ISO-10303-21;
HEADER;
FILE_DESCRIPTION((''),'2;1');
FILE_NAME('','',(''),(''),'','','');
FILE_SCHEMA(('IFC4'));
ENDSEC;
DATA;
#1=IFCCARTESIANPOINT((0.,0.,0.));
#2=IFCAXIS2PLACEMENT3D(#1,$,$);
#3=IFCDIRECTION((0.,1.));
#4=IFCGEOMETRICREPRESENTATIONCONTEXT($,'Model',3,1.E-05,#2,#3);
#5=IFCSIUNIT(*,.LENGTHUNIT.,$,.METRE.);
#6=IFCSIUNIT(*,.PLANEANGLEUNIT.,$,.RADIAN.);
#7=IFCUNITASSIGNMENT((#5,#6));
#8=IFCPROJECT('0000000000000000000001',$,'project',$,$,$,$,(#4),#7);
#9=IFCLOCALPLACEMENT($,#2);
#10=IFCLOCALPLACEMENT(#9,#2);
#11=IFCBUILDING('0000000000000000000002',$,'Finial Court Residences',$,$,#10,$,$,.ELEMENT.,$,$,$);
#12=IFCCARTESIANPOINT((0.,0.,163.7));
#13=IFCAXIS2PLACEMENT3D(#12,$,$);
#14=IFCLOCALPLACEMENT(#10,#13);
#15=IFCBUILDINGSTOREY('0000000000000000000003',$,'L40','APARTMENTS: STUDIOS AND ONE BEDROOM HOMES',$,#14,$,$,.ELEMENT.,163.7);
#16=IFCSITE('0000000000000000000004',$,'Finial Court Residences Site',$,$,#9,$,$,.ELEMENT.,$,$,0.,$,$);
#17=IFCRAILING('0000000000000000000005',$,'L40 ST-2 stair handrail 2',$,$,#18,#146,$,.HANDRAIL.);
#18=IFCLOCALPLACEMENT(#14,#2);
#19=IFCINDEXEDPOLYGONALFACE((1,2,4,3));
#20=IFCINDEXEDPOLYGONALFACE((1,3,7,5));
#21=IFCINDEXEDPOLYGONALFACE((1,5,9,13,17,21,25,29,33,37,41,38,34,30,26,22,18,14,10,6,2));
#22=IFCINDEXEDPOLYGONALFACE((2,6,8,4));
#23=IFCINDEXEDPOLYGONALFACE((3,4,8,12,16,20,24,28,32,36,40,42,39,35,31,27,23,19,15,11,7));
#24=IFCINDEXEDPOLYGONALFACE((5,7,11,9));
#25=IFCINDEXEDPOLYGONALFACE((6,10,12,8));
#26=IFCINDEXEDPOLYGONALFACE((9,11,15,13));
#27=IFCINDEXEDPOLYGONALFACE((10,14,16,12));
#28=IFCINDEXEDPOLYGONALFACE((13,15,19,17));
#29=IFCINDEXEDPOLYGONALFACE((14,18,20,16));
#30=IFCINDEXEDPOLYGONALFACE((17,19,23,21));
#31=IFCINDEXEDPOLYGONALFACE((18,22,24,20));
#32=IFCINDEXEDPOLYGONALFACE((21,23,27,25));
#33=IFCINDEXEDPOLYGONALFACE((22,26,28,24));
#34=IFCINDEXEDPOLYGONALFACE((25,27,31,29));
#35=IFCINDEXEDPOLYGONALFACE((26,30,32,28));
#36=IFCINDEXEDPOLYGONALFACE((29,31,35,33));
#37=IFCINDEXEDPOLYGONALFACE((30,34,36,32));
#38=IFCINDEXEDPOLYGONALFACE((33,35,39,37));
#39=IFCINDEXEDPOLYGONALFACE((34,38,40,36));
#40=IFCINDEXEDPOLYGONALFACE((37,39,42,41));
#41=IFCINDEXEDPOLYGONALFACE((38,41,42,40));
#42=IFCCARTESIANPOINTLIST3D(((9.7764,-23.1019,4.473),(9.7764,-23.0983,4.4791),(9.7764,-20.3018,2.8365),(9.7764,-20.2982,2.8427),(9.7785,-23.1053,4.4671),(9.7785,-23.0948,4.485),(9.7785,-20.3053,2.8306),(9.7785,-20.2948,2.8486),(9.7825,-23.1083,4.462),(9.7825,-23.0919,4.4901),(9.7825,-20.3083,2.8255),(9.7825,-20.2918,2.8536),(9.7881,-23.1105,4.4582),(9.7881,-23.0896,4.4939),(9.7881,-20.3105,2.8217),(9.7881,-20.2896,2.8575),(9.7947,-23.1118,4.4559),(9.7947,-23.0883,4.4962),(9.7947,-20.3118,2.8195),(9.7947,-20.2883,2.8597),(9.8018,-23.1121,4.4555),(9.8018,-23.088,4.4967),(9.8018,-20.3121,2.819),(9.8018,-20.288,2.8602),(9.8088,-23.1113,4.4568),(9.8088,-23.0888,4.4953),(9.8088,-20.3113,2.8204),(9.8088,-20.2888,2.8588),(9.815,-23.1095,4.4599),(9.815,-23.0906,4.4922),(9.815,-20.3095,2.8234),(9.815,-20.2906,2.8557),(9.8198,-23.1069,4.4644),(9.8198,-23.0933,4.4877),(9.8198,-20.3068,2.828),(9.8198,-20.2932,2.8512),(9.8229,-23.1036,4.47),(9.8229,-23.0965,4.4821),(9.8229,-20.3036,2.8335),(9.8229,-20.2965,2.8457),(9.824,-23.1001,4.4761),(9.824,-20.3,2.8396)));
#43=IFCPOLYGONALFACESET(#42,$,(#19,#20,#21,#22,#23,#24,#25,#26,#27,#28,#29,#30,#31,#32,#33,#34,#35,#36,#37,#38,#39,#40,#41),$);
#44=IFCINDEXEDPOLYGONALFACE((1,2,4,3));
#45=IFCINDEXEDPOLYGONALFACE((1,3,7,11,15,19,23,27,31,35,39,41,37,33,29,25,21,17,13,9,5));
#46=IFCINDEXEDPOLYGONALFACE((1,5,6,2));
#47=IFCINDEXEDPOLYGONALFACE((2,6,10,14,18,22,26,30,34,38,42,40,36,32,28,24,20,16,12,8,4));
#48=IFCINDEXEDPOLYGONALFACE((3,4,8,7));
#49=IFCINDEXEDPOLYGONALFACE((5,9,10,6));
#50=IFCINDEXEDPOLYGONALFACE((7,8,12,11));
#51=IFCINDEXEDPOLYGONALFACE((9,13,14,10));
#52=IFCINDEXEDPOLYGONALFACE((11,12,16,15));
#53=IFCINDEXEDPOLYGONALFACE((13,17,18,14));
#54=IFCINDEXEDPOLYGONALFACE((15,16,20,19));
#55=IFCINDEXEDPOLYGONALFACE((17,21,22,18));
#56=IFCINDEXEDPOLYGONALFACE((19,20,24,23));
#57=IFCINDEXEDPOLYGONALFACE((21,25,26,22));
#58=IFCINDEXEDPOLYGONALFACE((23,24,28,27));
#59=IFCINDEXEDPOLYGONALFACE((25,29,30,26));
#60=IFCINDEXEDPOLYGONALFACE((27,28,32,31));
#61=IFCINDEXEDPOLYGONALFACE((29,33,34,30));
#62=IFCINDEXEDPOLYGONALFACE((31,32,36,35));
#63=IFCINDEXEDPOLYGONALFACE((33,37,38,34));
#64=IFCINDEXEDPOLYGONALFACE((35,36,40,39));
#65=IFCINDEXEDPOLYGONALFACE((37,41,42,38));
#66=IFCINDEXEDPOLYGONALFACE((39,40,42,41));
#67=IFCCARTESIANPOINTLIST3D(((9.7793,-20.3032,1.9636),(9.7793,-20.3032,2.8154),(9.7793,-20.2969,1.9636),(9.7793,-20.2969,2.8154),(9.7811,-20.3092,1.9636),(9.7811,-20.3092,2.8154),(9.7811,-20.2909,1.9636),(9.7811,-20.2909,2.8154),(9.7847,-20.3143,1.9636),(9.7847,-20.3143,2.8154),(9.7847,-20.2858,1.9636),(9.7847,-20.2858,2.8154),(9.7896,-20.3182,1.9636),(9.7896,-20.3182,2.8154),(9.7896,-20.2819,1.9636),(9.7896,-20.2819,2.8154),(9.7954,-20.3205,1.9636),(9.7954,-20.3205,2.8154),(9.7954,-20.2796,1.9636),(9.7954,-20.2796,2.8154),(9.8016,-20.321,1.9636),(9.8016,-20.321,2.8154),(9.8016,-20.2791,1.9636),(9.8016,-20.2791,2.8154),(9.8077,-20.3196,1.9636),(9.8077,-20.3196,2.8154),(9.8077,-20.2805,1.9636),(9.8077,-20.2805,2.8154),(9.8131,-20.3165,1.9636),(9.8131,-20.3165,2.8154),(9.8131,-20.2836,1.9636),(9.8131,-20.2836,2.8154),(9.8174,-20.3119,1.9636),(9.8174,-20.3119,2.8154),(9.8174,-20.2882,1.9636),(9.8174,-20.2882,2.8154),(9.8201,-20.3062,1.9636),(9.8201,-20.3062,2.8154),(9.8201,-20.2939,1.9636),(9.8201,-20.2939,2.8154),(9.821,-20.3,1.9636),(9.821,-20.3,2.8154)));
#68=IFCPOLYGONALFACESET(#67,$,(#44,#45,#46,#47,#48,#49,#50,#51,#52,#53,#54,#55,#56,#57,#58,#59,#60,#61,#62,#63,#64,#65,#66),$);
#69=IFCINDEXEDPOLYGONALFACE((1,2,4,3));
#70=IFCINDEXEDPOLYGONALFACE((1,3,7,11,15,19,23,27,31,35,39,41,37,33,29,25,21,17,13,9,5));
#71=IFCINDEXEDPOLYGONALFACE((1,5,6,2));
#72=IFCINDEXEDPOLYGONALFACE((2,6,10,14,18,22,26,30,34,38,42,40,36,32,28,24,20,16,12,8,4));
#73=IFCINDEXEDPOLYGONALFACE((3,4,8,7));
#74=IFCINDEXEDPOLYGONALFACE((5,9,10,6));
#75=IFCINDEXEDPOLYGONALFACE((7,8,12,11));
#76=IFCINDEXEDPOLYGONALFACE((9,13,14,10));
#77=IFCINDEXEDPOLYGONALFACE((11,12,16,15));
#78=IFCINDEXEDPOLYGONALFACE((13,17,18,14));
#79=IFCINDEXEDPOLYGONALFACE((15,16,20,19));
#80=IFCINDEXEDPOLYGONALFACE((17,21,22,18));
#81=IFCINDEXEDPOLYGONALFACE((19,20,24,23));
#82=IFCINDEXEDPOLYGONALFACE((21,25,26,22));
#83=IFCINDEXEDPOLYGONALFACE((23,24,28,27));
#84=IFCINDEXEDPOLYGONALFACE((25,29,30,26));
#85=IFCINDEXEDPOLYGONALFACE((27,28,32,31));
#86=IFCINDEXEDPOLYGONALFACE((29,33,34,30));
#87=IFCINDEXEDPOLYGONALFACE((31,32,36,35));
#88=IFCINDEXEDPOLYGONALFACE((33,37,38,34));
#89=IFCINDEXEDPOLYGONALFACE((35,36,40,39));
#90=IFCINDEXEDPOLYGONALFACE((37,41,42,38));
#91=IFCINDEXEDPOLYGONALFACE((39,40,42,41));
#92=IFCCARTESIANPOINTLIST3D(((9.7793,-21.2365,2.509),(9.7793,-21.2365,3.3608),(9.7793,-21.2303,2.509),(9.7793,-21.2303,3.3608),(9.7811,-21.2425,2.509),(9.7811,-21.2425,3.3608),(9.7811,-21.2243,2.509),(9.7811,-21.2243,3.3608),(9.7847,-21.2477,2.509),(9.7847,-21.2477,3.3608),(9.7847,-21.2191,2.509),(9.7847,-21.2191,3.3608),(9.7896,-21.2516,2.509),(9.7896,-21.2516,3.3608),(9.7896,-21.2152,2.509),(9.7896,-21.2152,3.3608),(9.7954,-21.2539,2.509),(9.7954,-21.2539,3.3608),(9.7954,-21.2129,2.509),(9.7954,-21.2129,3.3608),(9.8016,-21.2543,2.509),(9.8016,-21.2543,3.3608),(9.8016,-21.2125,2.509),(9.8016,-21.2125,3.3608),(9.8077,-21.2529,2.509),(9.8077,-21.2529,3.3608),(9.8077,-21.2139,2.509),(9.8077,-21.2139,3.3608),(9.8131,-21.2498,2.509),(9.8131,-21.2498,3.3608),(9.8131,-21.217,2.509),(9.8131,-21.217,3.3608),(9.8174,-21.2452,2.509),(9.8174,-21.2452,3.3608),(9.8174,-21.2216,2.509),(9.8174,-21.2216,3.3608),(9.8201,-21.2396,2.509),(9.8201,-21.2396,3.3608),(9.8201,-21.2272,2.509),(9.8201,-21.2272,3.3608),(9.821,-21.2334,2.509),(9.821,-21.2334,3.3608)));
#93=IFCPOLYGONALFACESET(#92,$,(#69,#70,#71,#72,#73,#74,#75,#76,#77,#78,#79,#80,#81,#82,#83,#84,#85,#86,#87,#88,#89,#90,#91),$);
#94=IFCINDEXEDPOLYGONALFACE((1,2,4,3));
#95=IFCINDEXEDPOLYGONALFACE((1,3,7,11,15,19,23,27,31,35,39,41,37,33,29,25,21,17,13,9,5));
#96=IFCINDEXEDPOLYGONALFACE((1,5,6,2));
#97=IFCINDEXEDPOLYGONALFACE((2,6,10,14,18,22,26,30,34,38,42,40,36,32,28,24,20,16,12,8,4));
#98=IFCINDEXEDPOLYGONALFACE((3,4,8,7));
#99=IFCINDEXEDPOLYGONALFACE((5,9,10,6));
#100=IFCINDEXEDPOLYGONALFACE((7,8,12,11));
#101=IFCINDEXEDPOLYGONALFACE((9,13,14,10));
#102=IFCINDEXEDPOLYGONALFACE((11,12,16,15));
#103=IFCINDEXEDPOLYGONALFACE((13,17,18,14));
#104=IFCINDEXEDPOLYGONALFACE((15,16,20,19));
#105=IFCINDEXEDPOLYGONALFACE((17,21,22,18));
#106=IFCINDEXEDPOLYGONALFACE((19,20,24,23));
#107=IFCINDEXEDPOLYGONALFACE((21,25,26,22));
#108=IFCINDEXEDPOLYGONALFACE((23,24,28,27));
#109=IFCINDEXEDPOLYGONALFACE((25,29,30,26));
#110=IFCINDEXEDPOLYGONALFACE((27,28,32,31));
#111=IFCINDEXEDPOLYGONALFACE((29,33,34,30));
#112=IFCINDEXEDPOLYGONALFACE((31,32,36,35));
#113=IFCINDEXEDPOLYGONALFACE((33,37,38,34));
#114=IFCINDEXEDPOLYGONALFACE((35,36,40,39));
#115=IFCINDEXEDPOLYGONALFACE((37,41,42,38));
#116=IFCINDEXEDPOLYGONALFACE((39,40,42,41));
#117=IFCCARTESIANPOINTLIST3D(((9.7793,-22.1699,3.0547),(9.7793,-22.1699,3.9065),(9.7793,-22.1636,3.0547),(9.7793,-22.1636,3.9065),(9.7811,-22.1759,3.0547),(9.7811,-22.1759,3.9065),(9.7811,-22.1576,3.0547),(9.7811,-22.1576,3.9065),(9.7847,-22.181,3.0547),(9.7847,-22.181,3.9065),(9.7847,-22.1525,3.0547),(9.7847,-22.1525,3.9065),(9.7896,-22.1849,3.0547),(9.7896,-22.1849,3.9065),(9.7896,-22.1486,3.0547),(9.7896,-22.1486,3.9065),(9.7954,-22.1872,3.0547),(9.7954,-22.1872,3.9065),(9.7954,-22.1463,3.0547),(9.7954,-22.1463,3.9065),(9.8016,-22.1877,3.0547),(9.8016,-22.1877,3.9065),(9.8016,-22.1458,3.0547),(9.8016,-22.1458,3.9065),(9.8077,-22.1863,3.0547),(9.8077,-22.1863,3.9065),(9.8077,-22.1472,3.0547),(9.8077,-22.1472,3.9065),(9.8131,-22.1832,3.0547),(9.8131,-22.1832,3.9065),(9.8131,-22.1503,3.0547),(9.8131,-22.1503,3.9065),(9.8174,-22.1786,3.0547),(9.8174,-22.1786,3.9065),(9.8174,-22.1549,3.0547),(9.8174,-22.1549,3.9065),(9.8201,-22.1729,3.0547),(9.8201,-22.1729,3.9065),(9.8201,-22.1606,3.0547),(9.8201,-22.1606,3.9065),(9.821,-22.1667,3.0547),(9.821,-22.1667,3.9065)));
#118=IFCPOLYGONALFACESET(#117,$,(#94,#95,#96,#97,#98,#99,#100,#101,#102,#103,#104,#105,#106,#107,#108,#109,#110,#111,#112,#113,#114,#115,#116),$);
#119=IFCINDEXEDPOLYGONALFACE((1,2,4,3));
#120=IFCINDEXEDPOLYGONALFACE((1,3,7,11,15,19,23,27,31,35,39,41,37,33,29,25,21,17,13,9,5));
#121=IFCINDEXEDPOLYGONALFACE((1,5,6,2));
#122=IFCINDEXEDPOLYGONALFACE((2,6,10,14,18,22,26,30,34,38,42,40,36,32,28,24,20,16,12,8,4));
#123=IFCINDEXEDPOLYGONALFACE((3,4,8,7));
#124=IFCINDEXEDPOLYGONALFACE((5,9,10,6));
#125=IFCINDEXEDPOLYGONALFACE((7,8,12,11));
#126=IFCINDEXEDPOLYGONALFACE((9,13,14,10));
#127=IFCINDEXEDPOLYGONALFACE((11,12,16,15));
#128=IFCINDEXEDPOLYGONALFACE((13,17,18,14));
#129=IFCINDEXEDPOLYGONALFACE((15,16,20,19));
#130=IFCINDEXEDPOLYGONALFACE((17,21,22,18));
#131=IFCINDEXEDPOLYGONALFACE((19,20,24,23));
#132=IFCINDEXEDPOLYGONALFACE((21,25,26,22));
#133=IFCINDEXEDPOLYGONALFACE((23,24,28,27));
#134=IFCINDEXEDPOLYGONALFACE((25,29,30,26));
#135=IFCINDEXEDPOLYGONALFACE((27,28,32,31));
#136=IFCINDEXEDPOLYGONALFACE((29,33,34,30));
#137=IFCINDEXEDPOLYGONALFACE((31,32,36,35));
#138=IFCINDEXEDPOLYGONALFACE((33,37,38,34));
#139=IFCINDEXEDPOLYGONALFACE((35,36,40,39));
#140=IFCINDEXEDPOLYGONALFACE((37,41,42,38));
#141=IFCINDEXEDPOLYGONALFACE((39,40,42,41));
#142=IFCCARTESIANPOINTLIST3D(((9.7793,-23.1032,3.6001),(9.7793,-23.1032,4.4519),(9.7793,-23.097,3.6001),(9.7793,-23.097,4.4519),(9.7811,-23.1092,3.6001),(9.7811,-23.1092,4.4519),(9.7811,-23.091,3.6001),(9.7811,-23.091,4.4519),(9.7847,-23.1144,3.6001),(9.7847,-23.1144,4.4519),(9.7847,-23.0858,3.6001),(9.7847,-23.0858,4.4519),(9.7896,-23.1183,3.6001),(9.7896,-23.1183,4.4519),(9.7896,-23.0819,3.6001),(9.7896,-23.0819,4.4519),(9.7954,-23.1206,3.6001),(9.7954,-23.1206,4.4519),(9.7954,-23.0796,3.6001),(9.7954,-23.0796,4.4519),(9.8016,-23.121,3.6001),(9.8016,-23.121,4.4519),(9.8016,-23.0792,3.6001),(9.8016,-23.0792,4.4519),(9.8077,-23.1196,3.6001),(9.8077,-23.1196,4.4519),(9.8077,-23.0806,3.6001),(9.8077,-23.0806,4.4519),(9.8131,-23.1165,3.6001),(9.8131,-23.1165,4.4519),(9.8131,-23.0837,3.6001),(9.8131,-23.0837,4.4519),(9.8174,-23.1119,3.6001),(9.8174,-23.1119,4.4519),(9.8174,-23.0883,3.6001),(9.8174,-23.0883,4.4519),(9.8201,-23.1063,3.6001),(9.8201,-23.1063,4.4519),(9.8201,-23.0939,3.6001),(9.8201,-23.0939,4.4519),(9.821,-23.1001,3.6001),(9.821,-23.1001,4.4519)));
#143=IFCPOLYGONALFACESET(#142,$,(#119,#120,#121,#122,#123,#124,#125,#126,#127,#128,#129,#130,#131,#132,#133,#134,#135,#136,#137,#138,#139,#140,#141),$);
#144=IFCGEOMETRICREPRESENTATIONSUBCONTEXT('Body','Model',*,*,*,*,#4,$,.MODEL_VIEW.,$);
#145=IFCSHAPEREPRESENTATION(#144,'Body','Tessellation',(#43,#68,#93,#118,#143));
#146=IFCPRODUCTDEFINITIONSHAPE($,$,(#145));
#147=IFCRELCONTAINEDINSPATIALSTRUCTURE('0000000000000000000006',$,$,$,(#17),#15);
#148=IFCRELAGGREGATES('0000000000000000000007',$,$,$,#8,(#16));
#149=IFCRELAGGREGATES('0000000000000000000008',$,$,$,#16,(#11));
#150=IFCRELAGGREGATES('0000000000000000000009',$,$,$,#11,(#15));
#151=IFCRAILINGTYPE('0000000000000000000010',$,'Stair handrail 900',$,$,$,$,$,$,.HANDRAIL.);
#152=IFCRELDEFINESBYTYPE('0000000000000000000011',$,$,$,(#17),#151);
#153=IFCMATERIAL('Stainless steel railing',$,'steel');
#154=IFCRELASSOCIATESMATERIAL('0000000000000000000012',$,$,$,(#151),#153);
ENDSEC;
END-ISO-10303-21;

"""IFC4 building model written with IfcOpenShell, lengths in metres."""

from ifc_helpers import new_model, si_unit, direction, frame, origin, origin_2d, place, context, subcontext, project, spatial, circle, extrude, material, type_object, element, save


model = new_model("IFC4")

# Units and contexts
model_context = context("Model", 3, precision=1e-05, world=origin(), true_north=direction((0.0, 1.0)))
body_context = subcontext(model_context, "Body", "Model", "MODEL_VIEW")
ifc_project = project(units=[si_unit("LENGTHUNIT", "METRE"), si_unit("PLANEANGLEUNIT", "RADIAN")], contexts=[model_context])

# Site, building, storey
site_placement = place(None, origin())
site = spatial("IfcSite", under=ifc_project, at=site_placement, Name="Finial Court Residences Site", CompositionType="ELEMENT", RefElevation=0.0)
building_placement = place(site_placement, origin())
building = spatial("IfcBuilding", under=site, at=building_placement, Name="Finial Court Residences", CompositionType="ELEMENT")
storey_placement = place(building_placement, frame((0.0, 0.0, 163.7)))
storey = spatial("IfcBuildingStorey", under=building, at=storey_placement, Name="L40", Description="APARTMENTS: STUDIOS AND ONE BEDROOM HOMES", CompositionType="ELEMENT", Elevation=163.7)

# Railing
ifc_material_1 = material(Name="Stainless steel railing", Category="steel")
railing_type_1 = type_object("IfcRailingType", Name="Stair handrail 900", PredefinedType="HANDRAIL", material=ifc_material_1)
railing_1_placement = place(storey_placement, frame((9.8, -20.3, 1.9636)))
element("IfcRailing", 1, at=railing_1_placement, inside=storey, type_object=railing_type_1, Name="L40 ST-2 stair handrail 2", PredefinedType="HANDRAIL", context=body_context, shape_type="SweptSolid", body=[
    extrude(circle(Radius=0.0239, at=origin_2d()), frame((0.0, 0.0, 0.876), z_axis=(0.0, -0.863361, 0.504587), x_axis=(1.0, 0.0, 0.0)), (0.0, 0.0, 1.0), 3.2432),
    extrude(circle(Radius=0.021, at=origin_2d()), origin(), (0.0, 0.0, 1.0), 0.8518),
    extrude(circle(Radius=0.021, at=origin_2d()), frame((0.0, -0.9333, 0.5454)), (0.0, 0.0, 1.0), 0.8518),
    extrude(circle(Radius=0.021, at=origin_2d()), frame((0.0, -1.8667, 1.0911)), (0.0, 0.0, 1.0), 0.8518),
    extrude(circle(Radius=0.021, at=origin_2d()), frame((0.0, -2.8, 1.6365)), (0.0, 0.0, 1.0), 0.8518),
])

save(model, "model.ifc")
